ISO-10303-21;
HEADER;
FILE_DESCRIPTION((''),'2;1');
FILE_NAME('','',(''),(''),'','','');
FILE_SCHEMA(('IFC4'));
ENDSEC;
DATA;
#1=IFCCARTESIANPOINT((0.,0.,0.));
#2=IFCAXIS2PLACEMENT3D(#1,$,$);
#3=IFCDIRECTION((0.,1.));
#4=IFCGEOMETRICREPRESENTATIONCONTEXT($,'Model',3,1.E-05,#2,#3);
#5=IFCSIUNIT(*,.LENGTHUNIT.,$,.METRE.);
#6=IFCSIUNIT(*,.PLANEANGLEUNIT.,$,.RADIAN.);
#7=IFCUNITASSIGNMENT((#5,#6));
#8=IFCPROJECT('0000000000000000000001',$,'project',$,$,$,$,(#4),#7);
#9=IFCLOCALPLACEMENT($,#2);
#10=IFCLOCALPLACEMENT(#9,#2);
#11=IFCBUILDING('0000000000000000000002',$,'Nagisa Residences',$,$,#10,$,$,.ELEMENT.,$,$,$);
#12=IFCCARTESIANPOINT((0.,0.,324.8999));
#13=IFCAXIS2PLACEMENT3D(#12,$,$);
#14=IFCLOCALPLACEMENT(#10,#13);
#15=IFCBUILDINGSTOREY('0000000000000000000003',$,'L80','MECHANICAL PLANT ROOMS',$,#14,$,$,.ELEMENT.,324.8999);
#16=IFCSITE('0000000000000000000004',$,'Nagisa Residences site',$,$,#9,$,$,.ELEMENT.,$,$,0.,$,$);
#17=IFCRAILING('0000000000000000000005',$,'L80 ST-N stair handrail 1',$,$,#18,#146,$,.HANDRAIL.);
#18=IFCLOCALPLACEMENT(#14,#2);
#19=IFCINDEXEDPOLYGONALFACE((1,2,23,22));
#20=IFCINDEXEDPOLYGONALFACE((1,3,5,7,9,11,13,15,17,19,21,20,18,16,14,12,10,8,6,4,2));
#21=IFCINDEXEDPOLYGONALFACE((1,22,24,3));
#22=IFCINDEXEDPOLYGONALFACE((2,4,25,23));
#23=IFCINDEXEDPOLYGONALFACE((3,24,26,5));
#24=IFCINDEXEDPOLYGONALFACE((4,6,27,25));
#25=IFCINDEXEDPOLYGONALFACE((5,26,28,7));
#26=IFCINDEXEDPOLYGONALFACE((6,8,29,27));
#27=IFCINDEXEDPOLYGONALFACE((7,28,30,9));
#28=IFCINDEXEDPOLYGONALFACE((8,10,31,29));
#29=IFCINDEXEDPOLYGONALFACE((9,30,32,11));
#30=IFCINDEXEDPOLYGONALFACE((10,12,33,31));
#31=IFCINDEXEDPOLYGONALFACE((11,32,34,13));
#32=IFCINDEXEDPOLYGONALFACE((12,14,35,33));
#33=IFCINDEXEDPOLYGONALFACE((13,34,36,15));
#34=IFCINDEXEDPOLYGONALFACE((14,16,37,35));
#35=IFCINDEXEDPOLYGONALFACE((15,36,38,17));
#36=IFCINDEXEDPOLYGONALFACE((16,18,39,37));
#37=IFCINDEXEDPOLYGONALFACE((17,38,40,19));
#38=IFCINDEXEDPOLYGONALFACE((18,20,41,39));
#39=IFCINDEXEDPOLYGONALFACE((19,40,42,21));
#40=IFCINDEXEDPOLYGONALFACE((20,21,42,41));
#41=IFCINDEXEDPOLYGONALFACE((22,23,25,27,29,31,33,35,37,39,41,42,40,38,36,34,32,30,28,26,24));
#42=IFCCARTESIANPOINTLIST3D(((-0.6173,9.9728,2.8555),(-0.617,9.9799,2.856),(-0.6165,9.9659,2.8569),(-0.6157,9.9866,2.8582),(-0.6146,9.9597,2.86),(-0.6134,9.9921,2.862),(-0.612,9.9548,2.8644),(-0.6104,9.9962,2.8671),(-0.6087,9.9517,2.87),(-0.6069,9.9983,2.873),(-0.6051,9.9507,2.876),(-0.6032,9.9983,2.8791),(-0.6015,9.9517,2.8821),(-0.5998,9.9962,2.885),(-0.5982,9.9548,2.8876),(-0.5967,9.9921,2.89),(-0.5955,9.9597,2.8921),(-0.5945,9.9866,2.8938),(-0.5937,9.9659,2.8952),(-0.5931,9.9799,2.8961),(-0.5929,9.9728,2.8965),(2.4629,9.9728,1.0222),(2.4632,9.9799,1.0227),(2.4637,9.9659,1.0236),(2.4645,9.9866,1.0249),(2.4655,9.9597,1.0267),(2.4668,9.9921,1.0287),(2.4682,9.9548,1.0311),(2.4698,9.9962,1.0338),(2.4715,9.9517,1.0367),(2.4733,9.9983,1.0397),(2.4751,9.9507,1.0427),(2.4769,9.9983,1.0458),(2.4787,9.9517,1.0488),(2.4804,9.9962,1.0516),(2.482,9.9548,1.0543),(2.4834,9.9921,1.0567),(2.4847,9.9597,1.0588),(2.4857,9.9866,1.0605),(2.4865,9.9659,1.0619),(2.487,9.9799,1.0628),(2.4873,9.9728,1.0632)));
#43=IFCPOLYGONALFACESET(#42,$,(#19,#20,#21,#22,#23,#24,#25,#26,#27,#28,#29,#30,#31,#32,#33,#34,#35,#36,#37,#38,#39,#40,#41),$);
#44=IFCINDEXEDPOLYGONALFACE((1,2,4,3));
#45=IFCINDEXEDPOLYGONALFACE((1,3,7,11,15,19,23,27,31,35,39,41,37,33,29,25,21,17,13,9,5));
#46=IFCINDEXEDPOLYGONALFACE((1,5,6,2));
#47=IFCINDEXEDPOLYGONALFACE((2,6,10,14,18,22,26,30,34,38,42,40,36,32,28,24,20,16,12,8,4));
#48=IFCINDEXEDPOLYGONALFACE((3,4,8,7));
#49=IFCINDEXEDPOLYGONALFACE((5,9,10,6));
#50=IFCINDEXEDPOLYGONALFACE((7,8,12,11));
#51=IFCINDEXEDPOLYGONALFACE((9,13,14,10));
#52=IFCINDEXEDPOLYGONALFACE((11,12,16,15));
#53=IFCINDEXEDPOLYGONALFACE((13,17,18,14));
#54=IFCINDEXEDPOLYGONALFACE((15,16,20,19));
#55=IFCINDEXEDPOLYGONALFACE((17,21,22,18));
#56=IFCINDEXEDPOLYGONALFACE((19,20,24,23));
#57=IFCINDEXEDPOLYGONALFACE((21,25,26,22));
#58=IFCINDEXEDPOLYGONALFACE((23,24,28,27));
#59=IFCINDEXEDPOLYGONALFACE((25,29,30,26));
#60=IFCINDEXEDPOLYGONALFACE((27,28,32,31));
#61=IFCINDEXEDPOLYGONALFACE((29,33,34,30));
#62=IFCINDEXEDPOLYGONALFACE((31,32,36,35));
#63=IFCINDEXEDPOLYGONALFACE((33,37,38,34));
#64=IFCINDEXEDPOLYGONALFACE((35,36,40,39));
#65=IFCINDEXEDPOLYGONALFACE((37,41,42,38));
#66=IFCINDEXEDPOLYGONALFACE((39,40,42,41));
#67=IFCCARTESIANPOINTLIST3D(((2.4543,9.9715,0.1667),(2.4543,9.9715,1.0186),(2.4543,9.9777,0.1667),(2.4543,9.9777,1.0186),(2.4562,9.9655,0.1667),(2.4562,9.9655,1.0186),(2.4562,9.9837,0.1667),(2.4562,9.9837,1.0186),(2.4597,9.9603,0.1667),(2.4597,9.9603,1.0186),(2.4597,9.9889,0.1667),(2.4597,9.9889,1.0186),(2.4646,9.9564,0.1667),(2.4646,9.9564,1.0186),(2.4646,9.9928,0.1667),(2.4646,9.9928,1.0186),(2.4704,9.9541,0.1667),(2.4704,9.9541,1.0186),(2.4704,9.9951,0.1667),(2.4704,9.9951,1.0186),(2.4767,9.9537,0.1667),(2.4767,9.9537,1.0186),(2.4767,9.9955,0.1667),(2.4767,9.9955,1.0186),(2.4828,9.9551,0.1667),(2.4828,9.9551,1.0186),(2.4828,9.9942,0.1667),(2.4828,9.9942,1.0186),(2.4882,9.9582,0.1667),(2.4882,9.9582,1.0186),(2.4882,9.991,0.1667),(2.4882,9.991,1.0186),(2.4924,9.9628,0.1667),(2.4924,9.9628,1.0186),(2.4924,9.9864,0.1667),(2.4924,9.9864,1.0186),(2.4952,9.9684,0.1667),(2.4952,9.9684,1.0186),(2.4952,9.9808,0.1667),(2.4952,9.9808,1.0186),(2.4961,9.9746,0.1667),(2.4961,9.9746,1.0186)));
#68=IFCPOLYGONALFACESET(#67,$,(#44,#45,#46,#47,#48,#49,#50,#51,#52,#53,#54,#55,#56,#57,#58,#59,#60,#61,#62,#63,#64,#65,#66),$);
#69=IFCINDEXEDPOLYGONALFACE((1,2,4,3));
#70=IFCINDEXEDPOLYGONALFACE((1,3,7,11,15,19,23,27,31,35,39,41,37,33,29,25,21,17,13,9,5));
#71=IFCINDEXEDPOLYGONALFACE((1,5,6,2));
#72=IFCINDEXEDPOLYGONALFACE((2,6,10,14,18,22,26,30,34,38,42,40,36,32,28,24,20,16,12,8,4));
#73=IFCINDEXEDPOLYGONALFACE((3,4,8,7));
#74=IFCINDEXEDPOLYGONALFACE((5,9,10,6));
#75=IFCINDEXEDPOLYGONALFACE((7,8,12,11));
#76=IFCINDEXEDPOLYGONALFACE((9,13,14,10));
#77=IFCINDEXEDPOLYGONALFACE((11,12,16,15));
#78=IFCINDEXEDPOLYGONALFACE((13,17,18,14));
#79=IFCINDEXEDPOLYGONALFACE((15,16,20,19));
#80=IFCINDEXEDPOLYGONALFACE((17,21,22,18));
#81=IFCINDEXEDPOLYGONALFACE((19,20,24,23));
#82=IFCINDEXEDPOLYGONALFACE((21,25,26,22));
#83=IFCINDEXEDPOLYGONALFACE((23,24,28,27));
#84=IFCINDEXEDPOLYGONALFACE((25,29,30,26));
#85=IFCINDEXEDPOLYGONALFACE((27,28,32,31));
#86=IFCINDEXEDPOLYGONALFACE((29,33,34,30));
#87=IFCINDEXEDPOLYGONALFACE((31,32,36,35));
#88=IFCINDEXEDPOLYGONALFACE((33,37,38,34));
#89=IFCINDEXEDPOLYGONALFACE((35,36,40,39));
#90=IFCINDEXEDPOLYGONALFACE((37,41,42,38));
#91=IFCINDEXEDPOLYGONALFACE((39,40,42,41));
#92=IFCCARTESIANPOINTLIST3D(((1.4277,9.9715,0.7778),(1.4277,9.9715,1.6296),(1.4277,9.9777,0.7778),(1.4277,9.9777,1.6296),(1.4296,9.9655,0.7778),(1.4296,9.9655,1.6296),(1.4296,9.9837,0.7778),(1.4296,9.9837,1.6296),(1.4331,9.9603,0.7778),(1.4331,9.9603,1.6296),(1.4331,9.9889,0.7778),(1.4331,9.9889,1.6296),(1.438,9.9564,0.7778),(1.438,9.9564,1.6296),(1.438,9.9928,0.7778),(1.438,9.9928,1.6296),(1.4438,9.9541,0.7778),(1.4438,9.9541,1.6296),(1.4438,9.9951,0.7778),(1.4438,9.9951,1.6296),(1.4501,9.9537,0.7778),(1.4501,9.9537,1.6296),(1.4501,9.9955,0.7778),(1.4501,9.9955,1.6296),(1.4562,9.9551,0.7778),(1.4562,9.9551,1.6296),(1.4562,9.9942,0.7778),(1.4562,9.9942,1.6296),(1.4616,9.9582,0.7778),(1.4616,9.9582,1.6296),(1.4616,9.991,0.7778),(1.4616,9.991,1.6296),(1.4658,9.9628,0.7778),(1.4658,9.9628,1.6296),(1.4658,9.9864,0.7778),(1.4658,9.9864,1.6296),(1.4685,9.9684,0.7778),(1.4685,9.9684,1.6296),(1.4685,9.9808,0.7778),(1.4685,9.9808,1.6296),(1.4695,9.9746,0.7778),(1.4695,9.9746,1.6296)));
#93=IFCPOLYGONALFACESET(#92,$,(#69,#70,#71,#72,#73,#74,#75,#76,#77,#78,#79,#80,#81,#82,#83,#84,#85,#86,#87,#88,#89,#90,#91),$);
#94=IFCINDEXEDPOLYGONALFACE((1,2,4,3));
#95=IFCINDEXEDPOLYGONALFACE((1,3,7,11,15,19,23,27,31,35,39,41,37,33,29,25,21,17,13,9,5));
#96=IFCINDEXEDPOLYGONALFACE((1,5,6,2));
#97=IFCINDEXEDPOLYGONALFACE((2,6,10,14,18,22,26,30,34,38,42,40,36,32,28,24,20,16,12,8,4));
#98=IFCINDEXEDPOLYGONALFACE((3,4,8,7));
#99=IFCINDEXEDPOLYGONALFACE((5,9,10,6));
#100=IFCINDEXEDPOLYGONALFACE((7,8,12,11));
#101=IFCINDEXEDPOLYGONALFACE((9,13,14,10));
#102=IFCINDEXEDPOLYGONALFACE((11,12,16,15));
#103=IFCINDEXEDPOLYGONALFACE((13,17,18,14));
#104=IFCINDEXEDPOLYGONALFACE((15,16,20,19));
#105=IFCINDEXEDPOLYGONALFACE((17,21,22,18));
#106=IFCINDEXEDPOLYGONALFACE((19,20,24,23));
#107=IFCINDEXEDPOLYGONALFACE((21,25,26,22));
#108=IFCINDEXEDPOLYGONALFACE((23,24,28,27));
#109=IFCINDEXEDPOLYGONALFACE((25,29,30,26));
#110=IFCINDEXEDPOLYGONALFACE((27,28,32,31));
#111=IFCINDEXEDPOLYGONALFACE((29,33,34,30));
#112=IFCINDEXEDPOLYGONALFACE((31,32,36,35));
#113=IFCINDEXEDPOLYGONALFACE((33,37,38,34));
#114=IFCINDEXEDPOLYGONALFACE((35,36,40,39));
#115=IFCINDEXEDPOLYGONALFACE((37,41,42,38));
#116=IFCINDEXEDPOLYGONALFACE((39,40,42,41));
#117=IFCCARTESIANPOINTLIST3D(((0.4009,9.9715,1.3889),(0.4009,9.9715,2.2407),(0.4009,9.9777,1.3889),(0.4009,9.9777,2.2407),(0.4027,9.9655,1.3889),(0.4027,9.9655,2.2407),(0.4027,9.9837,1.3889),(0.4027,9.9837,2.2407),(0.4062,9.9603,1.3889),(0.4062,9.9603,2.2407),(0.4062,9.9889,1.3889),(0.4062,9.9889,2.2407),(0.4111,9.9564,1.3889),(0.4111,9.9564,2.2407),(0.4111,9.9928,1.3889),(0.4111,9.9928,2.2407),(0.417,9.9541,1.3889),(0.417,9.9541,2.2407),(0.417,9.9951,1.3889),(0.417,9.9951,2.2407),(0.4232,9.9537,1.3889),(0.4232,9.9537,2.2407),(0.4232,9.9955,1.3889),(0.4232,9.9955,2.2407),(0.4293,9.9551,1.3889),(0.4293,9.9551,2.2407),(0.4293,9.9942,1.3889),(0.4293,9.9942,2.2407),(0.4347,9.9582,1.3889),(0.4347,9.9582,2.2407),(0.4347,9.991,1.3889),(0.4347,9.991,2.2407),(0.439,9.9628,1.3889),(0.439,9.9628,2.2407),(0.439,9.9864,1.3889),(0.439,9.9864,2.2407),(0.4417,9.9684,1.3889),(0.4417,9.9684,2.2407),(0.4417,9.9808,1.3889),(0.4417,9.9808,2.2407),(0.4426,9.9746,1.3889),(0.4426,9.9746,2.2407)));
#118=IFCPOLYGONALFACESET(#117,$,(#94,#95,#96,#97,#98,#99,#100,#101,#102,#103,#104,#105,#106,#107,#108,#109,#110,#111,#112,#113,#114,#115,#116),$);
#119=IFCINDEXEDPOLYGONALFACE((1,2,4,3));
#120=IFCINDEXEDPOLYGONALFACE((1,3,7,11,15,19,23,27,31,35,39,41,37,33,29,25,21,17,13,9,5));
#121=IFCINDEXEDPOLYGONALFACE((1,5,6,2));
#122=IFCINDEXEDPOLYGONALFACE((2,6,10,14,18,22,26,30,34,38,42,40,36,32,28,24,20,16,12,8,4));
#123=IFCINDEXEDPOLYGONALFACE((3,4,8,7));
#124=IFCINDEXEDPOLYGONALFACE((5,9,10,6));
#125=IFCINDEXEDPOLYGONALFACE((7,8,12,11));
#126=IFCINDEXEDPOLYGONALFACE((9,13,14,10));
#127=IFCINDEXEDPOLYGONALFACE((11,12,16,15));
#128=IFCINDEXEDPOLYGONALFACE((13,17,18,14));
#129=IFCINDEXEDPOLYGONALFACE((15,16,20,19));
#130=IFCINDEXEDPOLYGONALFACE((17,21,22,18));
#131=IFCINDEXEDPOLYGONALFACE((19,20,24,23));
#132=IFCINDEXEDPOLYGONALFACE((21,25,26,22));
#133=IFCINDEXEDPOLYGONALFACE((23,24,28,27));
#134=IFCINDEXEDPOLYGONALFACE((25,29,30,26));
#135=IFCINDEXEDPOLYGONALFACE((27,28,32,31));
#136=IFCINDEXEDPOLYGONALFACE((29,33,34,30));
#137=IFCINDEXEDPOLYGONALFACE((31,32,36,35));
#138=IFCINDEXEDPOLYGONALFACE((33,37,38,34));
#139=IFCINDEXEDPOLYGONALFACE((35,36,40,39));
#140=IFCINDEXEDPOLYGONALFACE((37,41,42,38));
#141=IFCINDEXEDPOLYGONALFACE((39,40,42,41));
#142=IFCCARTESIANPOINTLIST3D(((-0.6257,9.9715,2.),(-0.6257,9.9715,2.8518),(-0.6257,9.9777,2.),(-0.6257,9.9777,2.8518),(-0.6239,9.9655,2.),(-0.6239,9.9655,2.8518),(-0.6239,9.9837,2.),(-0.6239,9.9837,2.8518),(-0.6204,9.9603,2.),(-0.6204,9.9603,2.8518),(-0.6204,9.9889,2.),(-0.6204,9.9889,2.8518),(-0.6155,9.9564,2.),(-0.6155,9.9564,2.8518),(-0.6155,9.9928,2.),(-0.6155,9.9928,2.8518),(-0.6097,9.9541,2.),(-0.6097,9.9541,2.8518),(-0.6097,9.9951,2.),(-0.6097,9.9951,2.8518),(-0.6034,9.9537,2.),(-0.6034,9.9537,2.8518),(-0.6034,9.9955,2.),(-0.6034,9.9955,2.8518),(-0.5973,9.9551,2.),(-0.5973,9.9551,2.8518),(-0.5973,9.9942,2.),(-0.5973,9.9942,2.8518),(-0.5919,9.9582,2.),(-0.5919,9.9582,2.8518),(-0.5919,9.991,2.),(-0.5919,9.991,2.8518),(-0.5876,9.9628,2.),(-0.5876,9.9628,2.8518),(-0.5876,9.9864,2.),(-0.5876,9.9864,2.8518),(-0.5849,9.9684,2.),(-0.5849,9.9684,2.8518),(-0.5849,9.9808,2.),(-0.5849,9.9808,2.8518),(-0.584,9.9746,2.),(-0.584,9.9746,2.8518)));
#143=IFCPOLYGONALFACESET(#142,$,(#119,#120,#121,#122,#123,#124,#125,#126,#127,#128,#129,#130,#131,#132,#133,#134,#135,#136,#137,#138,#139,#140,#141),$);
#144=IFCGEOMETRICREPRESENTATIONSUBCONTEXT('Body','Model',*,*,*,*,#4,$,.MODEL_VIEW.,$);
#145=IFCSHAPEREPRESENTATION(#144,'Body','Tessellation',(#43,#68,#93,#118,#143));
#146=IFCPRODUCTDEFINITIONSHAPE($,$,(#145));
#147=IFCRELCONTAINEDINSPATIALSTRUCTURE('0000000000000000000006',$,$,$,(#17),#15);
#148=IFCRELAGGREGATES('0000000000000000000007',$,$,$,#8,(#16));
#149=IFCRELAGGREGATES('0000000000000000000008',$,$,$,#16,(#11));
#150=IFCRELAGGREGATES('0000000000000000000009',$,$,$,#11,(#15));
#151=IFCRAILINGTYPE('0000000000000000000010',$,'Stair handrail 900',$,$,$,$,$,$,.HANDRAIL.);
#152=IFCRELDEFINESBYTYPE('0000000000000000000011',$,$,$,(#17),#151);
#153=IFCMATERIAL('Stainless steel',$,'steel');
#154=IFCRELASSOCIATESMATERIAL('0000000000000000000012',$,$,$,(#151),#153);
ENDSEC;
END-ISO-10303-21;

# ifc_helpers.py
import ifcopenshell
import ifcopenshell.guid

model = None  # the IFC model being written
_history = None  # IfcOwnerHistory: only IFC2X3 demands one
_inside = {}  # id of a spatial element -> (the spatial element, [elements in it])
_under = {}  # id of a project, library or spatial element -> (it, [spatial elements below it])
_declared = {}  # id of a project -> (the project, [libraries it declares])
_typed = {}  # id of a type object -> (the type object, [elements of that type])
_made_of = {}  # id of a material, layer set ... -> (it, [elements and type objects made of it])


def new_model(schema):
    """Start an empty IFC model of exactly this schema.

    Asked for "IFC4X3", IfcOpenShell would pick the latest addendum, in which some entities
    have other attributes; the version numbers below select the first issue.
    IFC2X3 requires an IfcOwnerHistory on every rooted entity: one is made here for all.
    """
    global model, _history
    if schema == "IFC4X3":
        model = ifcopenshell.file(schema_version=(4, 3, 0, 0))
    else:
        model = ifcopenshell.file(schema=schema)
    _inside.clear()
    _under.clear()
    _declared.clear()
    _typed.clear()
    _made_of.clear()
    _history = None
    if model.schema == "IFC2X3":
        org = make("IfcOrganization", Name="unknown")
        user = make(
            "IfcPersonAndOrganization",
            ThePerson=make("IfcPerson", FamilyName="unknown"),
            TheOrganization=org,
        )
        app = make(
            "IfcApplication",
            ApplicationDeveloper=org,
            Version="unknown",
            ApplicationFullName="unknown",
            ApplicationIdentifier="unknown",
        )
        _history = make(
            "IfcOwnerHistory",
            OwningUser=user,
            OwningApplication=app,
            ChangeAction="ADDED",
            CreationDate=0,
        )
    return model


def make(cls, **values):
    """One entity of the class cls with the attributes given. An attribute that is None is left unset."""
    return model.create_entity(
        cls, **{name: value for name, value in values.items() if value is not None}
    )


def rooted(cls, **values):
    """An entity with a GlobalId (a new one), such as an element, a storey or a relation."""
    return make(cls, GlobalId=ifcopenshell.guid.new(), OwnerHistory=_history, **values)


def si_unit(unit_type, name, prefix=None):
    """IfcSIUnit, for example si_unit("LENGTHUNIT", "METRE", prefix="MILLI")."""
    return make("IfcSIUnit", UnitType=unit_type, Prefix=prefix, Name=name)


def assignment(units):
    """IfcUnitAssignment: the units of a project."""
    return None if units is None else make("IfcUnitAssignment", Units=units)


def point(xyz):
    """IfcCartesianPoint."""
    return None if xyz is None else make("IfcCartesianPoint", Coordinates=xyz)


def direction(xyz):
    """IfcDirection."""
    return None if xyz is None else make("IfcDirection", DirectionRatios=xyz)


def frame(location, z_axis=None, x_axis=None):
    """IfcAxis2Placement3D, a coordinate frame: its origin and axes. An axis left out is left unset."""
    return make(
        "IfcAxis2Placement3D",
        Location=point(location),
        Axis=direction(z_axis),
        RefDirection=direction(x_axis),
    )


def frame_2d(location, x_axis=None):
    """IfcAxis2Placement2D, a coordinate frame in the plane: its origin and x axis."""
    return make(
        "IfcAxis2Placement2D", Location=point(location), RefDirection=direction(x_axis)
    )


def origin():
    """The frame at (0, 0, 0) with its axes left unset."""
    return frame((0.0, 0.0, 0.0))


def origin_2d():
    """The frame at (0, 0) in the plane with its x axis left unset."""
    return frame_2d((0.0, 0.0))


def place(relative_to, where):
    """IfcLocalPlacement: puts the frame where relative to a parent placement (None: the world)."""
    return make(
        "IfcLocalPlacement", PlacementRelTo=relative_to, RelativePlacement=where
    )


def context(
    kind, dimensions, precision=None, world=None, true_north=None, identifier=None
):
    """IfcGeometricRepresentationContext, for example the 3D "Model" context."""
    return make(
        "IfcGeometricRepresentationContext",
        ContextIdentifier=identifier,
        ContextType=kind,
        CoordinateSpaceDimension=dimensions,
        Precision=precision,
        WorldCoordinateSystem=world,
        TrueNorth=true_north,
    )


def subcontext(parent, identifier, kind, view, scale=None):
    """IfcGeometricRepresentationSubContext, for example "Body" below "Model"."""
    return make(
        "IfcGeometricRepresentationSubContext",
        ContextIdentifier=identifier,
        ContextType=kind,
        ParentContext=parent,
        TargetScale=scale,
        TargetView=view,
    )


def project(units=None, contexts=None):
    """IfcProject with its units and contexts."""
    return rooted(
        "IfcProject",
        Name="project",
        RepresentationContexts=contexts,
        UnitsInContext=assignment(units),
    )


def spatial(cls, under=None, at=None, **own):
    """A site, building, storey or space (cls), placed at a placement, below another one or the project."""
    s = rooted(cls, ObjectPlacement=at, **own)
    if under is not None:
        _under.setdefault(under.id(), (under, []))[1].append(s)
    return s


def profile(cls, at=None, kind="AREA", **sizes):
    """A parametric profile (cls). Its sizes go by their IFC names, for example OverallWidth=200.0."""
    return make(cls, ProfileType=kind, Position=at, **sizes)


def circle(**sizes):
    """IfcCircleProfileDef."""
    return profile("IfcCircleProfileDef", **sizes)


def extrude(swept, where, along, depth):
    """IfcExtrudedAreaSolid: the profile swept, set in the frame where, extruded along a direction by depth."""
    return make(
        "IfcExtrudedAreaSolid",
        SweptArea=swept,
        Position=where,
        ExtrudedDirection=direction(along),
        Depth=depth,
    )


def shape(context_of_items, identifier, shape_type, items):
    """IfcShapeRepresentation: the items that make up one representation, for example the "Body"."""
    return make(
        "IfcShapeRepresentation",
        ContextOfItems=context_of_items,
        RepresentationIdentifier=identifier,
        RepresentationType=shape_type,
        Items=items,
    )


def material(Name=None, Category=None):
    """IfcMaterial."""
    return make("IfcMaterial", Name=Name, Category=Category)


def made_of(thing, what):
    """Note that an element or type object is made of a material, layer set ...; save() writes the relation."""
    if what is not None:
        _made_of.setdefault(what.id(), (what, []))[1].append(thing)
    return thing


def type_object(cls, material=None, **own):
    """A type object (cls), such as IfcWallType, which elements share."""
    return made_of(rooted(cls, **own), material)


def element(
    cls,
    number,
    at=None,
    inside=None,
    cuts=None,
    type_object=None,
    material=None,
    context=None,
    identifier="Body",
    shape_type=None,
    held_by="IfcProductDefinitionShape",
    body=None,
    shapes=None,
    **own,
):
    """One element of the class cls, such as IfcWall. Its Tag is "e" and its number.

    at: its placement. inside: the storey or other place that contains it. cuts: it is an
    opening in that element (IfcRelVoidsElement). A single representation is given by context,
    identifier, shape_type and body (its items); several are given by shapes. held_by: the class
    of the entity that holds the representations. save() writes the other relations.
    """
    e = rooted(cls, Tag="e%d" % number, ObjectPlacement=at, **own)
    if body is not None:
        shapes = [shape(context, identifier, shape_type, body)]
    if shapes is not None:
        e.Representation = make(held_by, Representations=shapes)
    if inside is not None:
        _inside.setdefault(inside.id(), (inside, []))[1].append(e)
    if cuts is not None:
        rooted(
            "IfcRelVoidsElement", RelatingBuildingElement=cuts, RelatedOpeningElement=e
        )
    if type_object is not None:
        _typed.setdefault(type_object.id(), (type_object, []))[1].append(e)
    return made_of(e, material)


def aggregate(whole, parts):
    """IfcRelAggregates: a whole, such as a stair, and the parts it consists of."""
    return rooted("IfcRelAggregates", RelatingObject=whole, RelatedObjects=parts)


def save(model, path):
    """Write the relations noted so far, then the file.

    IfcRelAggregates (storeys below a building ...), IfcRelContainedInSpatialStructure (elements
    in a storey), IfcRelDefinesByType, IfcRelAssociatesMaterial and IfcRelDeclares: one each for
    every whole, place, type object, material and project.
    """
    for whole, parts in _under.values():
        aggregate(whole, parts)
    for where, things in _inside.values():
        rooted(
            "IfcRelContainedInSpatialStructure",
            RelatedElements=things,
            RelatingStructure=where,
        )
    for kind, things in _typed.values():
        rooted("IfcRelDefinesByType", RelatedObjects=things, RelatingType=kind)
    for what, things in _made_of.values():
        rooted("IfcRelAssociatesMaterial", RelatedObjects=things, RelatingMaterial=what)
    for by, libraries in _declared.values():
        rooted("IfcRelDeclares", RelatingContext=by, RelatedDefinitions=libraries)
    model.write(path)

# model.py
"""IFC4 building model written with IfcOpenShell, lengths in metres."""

from ifc_helpers import new_model, si_unit, direction, frame, origin, origin_2d, place, context, subcontext, project, spatial, circle, extrude, material, type_object, element, save


model = new_model("IFC4")

# Units and contexts
model_context = context("Model", 3, precision=1e-05, world=origin(), true_north=direction((0.0, 1.0)))
body_context = subcontext(model_context, "Body", "Model", "MODEL_VIEW")
ifc_project = project(units=[si_unit("LENGTHUNIT", "METRE"), si_unit("PLANEANGLEUNIT", "RADIAN")], contexts=[model_context])

# Site, building, storey
site_placement = place(None, origin())
site = spatial("IfcSite", under=ifc_project, at=site_placement, Name="Nagisa Residences site", CompositionType="ELEMENT", RefElevation=0.0)
building_placement = place(site_placement, origin())
building = spatial("IfcBuilding", under=site, at=building_placement, Name="Nagisa Residences", CompositionType="ELEMENT")
storey_placement = place(building_placement, frame((0.0, 0.0, 324.8999)))
storey = spatial("IfcBuildingStorey", under=building, at=storey_placement, Name="L80", Description="MECHANICAL PLANT ROOMS", CompositionType="ELEMENT", Elevation=324.8999)

# Railing
ifc_material_1 = material(Name="Stainless steel", Category="steel")
railing_type = type_object("IfcRailingType", Name="Stair handrail 900", PredefinedType="HANDRAIL", material=ifc_material_1)
railing_placement = place(storey_placement, frame((2.4751, 9.9746, 0.1667)))
element("IfcRailing", 1, at=railing_placement, inside=storey, type_object=railing_type, Name="L80 ST-N stair handrail 1", PredefinedType="HANDRAIL", context=body_context, shape_type="SweptSolid", body=[
    extrude(circle(Radius=0.0239, at=origin_2d()), frame((0.0, 0.0, 0.876), z_axis=(-0.859309, 0.0, 0.511458), x_axis=(0.0, -1.0, 0.0)), (0.0, 0.0, 1.0), 3.5845),
    extrude(circle(Radius=0.021, at=origin_2d()), origin(), (0.0, 0.0, 1.0), 0.8518),
    extrude(circle(Radius=0.021, at=origin_2d()), frame((-1.0266, 0.0, 0.6111)), (0.0, 0.0, 1.0), 0.8518),
    extrude(circle(Radius=0.021, at=origin_2d()), frame((-2.0535, 0.0, 1.2222)), (0.0, 0.0, 1.0), 0.8518),
    extrude(circle(Radius=0.021, at=origin_2d()), frame((-3.0801, 0.0, 1.8333)), (0.0, 0.0, 1.0), 0.8518),
])

save(model, "model.ifc")
